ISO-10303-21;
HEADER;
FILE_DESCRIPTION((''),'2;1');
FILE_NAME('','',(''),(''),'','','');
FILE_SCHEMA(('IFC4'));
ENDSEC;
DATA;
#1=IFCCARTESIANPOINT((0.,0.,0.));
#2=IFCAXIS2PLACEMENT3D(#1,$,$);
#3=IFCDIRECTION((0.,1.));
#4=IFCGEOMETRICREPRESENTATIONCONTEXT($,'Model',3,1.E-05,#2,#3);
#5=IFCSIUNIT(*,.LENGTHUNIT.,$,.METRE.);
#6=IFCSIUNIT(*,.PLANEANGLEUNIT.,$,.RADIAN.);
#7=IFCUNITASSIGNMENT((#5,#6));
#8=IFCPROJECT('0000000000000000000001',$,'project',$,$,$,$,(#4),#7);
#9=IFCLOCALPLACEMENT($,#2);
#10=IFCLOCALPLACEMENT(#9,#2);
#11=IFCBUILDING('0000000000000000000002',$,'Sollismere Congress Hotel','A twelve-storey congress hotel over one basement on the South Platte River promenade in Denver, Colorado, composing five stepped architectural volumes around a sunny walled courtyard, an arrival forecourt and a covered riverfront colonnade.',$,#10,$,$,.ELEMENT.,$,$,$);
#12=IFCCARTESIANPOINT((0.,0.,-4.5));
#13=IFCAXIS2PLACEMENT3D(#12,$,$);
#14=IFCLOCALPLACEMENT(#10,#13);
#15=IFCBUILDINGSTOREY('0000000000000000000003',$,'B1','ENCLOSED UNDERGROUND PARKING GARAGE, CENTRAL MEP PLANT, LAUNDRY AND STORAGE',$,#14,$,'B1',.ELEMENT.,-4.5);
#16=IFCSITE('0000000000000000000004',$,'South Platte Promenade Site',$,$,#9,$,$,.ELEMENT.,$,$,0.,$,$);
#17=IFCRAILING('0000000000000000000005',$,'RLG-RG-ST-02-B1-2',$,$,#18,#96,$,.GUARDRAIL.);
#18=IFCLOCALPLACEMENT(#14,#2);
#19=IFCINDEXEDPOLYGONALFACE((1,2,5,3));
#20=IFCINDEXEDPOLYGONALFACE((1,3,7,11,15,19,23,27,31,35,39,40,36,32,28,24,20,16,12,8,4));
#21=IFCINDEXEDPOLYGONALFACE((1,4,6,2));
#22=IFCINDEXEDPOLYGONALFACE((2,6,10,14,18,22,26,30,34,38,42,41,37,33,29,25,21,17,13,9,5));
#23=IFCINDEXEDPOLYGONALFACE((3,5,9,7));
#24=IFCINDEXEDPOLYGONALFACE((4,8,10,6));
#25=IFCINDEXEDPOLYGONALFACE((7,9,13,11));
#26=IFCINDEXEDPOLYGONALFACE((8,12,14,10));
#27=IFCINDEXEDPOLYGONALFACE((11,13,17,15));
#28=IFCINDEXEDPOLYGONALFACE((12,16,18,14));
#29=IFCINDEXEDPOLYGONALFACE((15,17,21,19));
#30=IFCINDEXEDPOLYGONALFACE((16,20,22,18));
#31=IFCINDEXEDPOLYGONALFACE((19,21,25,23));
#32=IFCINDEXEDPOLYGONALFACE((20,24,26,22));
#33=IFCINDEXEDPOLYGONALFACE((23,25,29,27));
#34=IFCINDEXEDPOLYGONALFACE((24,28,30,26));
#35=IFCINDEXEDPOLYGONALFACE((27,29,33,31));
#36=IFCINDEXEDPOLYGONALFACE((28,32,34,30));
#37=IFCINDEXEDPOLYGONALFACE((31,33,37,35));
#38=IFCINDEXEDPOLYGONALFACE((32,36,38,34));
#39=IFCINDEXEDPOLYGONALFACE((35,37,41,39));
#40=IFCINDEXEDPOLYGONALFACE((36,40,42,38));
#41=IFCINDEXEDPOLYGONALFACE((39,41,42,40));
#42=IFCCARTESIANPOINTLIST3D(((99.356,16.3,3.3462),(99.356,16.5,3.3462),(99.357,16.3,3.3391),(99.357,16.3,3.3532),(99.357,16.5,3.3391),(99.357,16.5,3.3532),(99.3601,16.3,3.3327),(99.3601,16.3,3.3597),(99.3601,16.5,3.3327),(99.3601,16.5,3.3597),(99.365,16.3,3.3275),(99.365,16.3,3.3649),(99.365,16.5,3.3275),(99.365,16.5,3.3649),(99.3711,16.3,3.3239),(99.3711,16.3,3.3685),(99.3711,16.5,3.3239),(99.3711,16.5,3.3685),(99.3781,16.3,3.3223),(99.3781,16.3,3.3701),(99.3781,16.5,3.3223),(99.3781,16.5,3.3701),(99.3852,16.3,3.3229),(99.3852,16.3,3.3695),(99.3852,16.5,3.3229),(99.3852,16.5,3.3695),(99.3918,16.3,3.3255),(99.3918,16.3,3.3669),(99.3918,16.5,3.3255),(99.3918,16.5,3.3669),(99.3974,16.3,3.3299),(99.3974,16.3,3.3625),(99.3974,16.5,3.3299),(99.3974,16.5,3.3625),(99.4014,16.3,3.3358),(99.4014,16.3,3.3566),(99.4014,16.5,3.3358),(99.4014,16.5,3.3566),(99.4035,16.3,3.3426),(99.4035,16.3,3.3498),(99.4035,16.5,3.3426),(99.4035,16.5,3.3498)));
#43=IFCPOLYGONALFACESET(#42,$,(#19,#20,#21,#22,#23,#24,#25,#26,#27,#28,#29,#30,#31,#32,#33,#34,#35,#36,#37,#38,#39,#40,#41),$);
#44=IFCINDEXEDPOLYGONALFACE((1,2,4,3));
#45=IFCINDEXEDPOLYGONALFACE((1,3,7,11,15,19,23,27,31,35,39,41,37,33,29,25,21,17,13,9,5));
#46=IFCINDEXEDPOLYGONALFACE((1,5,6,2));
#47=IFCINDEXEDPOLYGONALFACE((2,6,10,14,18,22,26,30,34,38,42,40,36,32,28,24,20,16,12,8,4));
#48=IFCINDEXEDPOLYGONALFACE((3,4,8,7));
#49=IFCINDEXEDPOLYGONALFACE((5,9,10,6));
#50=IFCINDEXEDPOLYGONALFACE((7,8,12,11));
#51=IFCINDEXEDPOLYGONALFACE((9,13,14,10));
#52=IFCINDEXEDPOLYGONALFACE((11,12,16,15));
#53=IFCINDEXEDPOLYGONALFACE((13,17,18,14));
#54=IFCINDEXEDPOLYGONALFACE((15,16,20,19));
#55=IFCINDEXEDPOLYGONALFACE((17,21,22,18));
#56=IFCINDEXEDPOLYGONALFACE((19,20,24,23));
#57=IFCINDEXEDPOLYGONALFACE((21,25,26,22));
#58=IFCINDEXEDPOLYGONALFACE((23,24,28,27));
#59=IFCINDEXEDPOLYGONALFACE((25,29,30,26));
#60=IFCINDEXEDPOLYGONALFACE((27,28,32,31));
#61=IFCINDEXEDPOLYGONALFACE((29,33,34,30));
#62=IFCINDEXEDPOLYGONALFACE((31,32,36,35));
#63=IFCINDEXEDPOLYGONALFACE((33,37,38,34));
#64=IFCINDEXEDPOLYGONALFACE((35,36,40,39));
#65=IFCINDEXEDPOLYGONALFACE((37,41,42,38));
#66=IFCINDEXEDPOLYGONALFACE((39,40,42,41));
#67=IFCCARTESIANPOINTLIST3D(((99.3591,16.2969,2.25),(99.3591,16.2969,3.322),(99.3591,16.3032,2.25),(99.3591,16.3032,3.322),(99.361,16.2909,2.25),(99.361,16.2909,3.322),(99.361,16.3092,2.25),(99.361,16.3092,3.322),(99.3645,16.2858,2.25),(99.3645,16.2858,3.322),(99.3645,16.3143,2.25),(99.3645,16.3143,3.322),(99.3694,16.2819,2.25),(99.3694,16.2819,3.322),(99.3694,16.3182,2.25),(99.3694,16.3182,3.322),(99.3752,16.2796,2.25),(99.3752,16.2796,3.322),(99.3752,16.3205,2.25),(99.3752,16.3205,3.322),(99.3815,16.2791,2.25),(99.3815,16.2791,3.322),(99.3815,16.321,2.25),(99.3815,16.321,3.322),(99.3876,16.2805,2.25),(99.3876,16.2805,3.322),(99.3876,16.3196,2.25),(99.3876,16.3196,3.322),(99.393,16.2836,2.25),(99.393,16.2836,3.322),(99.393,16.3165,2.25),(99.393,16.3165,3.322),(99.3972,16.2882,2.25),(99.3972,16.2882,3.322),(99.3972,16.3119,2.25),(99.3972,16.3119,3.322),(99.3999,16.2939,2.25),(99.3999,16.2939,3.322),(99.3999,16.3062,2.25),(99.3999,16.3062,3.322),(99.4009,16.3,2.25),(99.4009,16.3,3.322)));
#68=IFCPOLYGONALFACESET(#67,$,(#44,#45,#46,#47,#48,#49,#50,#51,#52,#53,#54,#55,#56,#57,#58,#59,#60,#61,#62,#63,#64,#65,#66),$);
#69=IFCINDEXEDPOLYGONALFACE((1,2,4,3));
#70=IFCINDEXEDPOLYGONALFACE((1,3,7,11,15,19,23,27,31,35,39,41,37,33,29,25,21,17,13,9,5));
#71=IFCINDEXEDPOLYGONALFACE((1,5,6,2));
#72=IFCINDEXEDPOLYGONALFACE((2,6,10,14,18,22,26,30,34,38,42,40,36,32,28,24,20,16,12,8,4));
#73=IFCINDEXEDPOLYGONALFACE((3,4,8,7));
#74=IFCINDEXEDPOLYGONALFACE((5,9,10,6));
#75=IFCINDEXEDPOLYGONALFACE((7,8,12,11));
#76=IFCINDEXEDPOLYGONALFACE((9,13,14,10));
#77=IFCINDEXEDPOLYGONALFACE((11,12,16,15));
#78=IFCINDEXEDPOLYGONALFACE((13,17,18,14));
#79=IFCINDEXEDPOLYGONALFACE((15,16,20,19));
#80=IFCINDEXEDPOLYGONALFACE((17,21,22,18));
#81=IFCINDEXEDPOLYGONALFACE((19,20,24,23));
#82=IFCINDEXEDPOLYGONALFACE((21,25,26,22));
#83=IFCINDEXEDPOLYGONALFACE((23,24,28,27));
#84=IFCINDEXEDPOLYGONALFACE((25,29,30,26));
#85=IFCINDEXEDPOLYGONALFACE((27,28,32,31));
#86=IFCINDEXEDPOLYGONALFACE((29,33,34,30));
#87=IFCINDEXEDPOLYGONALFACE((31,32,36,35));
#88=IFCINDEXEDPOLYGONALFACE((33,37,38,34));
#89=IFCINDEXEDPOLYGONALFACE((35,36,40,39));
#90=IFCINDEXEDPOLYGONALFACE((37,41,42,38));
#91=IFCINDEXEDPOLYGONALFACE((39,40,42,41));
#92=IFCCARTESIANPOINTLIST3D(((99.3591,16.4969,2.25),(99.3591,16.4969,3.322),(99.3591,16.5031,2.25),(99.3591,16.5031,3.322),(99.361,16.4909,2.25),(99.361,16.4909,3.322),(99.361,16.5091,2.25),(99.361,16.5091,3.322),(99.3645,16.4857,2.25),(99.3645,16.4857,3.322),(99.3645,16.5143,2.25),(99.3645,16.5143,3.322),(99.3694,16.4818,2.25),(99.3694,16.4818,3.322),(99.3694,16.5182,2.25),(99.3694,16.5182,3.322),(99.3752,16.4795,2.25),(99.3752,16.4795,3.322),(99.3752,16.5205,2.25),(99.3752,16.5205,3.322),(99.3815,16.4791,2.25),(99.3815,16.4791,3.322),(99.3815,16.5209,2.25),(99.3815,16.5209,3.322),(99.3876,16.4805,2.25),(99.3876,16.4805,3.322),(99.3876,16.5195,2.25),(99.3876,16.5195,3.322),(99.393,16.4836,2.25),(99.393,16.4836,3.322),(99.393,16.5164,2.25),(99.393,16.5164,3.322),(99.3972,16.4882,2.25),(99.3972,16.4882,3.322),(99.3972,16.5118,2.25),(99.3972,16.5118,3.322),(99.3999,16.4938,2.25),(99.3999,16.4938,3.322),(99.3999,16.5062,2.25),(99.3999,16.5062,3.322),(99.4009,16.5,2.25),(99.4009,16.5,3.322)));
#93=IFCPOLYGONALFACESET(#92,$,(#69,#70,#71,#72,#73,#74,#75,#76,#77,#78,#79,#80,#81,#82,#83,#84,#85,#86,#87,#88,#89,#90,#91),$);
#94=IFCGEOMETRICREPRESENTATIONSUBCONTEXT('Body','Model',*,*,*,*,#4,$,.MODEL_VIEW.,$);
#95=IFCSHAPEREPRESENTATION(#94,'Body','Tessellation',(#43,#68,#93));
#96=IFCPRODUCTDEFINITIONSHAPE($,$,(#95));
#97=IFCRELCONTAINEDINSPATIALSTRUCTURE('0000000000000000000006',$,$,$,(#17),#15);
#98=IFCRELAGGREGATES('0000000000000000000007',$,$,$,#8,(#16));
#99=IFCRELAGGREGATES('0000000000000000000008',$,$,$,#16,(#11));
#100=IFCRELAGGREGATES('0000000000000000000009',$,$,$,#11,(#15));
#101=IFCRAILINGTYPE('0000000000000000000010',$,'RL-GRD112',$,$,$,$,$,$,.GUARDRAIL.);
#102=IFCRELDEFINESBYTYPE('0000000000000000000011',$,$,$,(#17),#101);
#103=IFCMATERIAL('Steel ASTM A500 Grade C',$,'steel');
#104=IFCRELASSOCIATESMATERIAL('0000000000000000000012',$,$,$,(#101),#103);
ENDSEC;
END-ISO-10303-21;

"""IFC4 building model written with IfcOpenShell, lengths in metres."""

from ifc_helpers import new_model, si_unit, direction, frame, origin, origin_2d, place, context, subcontext, project, spatial, circle, extrude, material, type_object, element, save


model = new_model("IFC4")

# Units and contexts
model_context = context("Model", 3, precision=1e-05, world=origin(), true_north=direction((0.0, 1.0)))
body_context = subcontext(model_context, "Body", "Model", "MODEL_VIEW")
ifc_project = project(units=[si_unit("LENGTHUNIT", "METRE"), si_unit("PLANEANGLEUNIT", "RADIAN")], contexts=[model_context])

# Site, building, storey
site_placement = place(None, origin())
site = spatial("IfcSite", under=ifc_project, at=site_placement, Name="South Platte Promenade Site", CompositionType="ELEMENT", RefElevation=0.0)
building_placement = place(site_placement, origin())
building = spatial("IfcBuilding", under=site, at=building_placement, Name="Sollismere Congress Hotel", Description="A twelve-storey congress hotel over one basement on the South Platte River promenade in Denver, Colorado, composing five stepped architectural volumes around a sunny walled courtyard, an arrival forecourt and a covered riverfront colonnade.", CompositionType="ELEMENT")
storey_placement = place(building_placement, frame((0.0, 0.0, -4.5)))
storey = spatial("IfcBuildingStorey", under=building, at=storey_placement, Name="B1", Description="ENCLOSED UNDERGROUND PARKING GARAGE, CENTRAL MEP PLANT, LAUNDRY AND STORAGE", LongName="B1", CompositionType="ELEMENT", Elevation=-4.5)

# Railing
ifc_material_1 = material(Name="Steel ASTM A500 Grade C", Category="steel")
railing_type_1 = type_object("IfcRailingType", Name="RL-GRD112", PredefinedType="GUARDRAIL", material=ifc_material_1)
railing_1_placement = place(storey_placement, frame((99.3799, 16.3, 2.25)))
element("IfcRailing", 1, at=railing_1_placement, inside=storey, type_object=railing_type_1, Name="RLG-RG-ST-02-B1-2", PredefinedType="GUARDRAIL", context=body_context, shape_type="SweptSolid", body=[
    extrude(circle(Radius=0.0239, at=origin_2d()), frame((0.0, 0.0, 1.0962), z_axis=(0.0, 1.0, 0.0), x_axis=(-1.0, 0.0, 0.0)), (0.0, 0.0, 1.0), 0.2),
    extrude(circle(Radius=0.021, at=origin_2d()), origin(), (0.0, 0.0, 1.0), 1.072),
    extrude(circle(Radius=0.021, at=origin_2d()), frame((0.0, 0.2, 0.0)), (0.0, 0.0, 1.0), 1.072),
])

save(model, "model.ifc")
